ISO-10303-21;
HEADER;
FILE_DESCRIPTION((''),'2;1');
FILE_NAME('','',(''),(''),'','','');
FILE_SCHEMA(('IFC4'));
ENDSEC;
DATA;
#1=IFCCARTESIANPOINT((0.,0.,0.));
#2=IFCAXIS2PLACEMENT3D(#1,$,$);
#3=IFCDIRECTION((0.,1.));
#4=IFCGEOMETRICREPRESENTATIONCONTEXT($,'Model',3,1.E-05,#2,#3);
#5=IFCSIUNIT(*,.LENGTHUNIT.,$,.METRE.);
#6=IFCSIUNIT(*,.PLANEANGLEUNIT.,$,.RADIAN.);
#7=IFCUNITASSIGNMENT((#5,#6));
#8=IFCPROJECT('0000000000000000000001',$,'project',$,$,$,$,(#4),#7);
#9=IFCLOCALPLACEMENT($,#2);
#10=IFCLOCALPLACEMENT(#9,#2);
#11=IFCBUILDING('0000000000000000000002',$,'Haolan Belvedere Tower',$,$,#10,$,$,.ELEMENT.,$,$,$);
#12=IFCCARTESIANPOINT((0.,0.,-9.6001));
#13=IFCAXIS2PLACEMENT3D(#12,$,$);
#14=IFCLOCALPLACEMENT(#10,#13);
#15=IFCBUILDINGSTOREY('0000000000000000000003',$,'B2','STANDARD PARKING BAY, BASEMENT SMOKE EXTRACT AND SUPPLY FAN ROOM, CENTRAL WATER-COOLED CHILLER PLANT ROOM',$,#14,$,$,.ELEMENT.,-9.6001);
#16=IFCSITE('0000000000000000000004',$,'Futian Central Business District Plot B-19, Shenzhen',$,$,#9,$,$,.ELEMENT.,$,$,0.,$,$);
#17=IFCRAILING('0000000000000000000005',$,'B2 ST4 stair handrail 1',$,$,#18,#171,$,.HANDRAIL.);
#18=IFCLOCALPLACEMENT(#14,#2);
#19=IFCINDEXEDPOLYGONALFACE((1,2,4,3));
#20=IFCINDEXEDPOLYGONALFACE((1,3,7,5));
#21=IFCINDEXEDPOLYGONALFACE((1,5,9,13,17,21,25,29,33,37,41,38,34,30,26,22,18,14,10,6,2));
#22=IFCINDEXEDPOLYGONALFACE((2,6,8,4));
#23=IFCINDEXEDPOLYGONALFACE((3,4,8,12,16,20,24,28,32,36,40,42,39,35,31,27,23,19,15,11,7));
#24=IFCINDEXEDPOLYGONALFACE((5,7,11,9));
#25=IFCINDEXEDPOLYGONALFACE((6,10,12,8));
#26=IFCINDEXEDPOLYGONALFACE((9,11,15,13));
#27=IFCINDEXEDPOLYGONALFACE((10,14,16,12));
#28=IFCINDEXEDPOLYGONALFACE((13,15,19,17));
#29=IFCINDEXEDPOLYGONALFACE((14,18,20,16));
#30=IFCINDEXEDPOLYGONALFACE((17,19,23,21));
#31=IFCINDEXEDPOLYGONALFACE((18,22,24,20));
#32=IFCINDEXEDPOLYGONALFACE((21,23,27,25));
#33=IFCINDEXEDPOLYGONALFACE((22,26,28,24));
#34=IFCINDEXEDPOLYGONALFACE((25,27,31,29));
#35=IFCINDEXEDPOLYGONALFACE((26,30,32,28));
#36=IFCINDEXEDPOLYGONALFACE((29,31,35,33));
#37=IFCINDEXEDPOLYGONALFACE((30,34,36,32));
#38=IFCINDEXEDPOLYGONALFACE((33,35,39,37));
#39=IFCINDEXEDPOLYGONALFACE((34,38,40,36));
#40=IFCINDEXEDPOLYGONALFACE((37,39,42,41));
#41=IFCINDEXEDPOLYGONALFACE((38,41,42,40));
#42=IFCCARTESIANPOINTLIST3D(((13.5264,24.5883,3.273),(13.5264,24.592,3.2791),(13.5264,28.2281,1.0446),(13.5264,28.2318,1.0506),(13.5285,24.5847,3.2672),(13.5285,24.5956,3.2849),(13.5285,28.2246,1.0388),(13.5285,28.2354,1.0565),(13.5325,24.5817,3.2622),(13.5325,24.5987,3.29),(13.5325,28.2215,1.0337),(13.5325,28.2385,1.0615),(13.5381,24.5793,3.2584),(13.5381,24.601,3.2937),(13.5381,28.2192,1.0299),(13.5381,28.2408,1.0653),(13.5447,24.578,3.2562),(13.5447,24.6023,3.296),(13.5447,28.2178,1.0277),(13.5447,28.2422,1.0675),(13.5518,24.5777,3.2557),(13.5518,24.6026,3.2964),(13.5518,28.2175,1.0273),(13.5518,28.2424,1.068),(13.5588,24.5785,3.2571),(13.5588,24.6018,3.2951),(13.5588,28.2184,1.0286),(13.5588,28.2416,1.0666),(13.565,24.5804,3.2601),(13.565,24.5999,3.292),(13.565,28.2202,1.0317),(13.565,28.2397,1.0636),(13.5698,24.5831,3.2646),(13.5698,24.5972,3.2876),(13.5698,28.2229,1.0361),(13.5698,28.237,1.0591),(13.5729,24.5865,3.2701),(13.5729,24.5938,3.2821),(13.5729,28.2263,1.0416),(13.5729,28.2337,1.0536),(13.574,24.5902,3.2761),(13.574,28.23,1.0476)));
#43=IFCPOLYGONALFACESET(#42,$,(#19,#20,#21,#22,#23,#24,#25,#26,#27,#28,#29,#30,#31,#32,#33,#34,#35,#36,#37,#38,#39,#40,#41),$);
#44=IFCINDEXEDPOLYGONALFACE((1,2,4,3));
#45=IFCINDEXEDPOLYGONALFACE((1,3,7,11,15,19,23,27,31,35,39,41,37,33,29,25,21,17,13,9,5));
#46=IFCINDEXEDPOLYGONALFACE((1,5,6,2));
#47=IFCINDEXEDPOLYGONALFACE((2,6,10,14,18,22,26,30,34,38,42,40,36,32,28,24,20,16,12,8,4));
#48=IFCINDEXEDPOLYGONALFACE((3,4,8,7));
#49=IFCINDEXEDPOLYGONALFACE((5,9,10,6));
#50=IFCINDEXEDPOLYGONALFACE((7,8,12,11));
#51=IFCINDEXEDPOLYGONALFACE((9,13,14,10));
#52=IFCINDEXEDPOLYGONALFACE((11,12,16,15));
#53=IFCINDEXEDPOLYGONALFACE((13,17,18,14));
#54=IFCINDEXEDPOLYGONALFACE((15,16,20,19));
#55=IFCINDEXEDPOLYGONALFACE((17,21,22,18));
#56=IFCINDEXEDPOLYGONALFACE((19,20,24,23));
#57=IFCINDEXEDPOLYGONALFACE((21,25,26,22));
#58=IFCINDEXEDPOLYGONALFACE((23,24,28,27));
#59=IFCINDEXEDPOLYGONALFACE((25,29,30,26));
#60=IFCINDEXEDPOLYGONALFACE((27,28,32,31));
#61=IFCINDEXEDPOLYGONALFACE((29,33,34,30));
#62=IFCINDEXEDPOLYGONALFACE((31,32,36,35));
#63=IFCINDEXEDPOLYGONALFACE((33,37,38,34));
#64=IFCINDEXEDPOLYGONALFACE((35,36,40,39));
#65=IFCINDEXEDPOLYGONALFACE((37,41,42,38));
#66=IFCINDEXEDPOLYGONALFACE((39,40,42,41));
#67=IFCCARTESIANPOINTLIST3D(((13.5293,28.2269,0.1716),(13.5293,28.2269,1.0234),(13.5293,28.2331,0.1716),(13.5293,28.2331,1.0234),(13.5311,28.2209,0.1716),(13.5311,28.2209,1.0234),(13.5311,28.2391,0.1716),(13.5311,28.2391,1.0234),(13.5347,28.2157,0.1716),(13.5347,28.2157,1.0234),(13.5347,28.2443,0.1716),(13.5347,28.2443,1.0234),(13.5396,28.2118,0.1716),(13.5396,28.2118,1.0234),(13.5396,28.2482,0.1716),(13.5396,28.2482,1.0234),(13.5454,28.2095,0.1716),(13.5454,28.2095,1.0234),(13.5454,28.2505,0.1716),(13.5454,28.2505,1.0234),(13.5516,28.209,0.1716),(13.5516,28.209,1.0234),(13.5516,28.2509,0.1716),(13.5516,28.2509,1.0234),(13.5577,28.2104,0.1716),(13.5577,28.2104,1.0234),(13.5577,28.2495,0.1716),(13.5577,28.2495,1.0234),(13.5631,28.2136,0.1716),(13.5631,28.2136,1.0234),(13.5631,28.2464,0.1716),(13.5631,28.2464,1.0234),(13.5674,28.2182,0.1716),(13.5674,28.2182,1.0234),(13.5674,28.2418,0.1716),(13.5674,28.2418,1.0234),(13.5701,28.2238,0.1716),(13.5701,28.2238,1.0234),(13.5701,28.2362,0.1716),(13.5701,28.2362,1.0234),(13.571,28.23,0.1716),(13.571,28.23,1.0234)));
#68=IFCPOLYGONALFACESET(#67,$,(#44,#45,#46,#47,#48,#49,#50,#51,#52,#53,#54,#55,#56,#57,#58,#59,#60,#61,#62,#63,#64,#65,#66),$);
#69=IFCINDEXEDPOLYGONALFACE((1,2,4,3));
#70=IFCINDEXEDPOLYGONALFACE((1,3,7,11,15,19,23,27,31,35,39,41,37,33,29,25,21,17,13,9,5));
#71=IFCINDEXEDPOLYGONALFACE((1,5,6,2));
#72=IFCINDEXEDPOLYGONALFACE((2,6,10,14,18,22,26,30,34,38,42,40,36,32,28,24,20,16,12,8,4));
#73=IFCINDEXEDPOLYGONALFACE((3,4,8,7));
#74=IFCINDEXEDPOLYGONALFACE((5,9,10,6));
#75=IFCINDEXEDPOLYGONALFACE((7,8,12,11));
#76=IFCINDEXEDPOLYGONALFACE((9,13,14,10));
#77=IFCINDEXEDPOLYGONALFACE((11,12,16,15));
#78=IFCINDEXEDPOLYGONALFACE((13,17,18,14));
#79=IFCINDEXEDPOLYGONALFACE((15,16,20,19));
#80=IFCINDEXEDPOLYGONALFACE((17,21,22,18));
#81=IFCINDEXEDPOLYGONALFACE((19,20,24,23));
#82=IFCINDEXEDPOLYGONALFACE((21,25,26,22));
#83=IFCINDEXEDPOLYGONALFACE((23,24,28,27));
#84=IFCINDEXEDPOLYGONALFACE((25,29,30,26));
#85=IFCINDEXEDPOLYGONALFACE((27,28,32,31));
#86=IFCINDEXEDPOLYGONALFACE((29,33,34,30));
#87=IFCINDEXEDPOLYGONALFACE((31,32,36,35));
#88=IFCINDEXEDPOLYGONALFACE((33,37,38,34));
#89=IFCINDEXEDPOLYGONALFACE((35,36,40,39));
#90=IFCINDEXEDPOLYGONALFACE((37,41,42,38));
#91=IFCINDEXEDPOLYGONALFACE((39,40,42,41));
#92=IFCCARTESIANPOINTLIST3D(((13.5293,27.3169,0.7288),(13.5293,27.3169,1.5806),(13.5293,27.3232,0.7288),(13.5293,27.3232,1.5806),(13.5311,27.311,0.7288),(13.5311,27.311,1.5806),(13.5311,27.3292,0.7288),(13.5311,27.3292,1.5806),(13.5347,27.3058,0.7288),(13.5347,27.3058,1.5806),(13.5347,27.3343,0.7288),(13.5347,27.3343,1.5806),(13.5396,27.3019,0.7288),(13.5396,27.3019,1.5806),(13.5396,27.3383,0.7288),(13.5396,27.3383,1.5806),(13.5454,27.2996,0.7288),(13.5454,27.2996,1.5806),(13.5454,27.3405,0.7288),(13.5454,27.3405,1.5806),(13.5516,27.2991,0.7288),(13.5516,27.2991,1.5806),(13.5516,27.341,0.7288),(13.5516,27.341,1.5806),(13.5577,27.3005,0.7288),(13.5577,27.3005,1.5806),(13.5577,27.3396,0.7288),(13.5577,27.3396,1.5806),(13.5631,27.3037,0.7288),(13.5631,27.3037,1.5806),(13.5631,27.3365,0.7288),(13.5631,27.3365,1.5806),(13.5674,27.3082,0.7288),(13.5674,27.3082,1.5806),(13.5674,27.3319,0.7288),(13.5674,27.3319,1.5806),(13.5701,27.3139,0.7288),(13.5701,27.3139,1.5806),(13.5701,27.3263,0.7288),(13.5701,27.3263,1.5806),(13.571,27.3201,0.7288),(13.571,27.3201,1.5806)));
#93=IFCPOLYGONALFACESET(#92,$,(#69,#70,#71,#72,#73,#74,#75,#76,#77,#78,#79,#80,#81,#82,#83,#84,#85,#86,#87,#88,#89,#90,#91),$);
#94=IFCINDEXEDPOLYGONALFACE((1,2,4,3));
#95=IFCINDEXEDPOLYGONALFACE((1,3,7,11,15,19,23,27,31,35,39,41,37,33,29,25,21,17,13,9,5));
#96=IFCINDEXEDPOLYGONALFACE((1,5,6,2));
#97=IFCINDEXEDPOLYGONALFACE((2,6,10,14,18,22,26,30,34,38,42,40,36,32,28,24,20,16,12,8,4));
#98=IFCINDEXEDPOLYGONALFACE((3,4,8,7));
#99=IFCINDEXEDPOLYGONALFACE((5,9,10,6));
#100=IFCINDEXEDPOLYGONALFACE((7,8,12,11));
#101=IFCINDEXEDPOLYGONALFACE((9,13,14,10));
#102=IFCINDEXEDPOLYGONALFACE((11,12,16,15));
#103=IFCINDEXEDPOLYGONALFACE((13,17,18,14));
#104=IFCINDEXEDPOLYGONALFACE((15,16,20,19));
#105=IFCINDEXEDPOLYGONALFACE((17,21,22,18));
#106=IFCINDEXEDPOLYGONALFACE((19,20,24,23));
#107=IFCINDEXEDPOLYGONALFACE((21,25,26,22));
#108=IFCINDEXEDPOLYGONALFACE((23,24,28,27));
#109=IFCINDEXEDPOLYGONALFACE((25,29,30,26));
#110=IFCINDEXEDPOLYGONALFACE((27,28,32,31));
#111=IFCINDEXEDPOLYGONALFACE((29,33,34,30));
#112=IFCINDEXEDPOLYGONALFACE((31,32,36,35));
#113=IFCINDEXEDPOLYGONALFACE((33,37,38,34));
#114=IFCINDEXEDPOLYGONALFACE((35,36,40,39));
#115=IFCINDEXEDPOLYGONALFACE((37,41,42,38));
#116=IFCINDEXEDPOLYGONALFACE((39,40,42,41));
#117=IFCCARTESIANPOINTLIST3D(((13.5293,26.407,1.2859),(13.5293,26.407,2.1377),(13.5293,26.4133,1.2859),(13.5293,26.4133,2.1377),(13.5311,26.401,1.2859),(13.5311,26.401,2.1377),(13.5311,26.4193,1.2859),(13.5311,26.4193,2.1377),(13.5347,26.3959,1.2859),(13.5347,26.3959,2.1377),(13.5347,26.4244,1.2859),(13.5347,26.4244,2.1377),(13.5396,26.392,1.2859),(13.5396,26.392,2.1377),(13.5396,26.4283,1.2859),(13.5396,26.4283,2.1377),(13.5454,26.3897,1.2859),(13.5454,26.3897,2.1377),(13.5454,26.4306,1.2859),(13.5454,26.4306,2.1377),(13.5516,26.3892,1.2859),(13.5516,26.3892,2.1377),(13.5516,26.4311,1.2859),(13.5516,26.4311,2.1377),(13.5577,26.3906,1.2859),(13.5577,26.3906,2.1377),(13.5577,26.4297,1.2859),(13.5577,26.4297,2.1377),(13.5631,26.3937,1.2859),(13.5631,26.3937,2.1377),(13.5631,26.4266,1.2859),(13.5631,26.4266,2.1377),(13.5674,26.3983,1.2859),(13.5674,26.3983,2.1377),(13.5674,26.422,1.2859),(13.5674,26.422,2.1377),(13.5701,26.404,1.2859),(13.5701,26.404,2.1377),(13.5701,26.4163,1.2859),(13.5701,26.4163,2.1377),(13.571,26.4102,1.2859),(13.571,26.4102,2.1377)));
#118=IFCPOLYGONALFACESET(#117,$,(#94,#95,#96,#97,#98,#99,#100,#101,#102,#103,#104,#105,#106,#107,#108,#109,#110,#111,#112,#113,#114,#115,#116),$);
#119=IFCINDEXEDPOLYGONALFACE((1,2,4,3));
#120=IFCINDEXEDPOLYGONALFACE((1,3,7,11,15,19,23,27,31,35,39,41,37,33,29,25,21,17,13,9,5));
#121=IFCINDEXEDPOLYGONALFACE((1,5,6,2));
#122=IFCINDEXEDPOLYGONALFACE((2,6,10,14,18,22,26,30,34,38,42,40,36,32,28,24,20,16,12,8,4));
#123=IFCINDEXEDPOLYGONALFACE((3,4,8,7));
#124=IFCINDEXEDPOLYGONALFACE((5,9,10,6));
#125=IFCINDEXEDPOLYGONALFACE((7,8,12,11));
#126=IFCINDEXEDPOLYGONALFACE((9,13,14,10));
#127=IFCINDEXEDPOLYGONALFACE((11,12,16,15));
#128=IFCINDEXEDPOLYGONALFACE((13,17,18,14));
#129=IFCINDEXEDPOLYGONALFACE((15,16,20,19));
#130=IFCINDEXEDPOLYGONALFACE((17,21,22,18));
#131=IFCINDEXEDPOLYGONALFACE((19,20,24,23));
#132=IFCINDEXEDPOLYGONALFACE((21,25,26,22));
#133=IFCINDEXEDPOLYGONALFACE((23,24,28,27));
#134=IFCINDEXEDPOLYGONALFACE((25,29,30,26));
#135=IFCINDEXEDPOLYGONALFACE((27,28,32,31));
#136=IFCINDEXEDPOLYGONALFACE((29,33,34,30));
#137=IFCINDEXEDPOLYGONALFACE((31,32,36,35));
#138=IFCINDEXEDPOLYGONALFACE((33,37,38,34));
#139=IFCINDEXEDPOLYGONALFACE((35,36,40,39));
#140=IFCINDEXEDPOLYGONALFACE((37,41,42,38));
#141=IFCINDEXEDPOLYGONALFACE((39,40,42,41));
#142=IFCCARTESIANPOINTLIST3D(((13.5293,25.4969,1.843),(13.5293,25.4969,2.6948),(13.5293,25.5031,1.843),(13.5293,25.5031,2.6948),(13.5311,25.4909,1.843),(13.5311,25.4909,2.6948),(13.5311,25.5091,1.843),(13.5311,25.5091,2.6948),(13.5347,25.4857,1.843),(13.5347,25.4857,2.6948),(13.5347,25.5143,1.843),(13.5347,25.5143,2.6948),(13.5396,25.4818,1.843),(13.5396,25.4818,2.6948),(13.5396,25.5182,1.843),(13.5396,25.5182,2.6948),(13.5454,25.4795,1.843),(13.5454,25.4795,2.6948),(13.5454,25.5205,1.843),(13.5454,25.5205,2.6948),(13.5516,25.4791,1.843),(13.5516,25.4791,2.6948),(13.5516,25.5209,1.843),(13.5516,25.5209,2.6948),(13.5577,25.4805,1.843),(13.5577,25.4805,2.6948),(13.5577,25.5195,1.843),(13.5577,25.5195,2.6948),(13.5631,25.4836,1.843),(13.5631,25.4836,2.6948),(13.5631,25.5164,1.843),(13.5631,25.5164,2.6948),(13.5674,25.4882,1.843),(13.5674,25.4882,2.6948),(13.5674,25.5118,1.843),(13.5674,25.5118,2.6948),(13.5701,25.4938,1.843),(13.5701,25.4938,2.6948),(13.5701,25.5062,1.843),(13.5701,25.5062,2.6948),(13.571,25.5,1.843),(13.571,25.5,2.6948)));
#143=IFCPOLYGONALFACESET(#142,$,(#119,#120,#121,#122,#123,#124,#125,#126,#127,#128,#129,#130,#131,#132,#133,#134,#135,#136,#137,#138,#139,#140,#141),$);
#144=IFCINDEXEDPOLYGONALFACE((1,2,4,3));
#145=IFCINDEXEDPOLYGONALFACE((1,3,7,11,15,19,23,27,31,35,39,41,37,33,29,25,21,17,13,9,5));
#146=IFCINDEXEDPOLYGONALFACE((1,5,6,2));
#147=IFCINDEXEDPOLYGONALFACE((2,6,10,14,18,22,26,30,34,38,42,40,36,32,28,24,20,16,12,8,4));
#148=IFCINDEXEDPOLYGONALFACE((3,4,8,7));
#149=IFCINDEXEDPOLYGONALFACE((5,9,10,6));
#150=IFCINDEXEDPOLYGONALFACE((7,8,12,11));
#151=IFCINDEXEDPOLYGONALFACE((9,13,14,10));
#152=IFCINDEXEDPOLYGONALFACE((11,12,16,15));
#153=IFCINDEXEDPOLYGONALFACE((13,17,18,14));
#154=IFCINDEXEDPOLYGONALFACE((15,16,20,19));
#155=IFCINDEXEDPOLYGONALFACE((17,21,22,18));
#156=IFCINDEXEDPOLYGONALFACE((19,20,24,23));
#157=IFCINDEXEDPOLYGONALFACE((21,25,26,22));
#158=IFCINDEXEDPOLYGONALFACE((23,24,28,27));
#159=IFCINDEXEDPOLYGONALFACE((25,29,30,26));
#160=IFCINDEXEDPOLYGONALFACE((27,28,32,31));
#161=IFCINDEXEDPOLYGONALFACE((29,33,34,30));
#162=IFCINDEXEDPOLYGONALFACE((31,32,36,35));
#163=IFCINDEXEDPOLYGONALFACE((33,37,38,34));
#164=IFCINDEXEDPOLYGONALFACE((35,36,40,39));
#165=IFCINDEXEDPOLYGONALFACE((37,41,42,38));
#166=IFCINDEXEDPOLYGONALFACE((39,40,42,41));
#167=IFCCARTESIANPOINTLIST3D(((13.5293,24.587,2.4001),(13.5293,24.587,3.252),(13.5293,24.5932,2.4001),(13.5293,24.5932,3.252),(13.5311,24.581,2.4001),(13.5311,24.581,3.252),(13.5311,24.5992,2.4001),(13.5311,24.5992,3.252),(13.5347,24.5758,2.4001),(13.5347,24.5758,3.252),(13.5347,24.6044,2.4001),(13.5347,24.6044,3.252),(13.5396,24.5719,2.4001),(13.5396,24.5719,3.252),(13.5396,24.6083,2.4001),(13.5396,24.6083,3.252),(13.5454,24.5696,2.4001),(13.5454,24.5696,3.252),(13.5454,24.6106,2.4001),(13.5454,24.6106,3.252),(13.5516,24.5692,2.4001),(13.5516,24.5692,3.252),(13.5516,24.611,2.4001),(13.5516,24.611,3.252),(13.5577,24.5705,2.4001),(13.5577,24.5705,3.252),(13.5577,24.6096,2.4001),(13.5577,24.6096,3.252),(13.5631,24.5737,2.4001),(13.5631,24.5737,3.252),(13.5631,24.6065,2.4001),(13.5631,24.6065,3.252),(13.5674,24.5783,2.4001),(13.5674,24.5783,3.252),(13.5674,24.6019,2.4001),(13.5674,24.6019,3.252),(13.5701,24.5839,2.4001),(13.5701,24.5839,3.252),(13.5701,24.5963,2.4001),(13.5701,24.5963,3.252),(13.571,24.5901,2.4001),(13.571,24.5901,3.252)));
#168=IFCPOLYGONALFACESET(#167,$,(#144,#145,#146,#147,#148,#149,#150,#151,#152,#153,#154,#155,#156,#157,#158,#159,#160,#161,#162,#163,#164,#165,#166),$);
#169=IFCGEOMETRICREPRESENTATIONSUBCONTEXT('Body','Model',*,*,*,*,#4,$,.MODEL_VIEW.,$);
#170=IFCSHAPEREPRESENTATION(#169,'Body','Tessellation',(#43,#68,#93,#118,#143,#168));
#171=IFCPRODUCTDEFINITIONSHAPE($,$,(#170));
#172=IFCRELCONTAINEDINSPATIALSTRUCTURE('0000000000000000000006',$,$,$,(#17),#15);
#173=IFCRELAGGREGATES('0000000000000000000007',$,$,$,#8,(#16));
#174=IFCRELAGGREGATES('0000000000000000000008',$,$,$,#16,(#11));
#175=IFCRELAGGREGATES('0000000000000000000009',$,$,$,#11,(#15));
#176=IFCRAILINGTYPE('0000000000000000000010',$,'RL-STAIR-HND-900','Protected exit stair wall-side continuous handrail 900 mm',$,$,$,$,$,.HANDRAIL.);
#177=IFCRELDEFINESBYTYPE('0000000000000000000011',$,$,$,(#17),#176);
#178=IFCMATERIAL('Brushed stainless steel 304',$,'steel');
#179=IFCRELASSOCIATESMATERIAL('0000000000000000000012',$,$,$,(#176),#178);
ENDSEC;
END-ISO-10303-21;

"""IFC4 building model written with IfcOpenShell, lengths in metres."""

from ifc_helpers import new_model, si_unit, direction, frame, origin, origin_2d, place, context, subcontext, project, spatial, circle, extrude, material, type_object, element, save


model = new_model("IFC4")

# Units and contexts
model_context = context("Model", 3, precision=1e-05, world=origin(), true_north=direction((0.0, 1.0)))
body_context = subcontext(model_context, "Body", "Model", "MODEL_VIEW")
ifc_project = project(units=[si_unit("LENGTHUNIT", "METRE"), si_unit("PLANEANGLEUNIT", "RADIAN")], contexts=[model_context])

# Site, building, storey
site_placement = place(None, origin())
site = spatial("IfcSite", under=ifc_project, at=site_placement, Name="Futian Central Business District Plot B-19, Shenzhen", CompositionType="ELEMENT", RefElevation=0.0)
building_placement = place(site_placement, origin())
building = spatial("IfcBuilding", under=site, at=building_placement, Name="Haolan Belvedere Tower", CompositionType="ELEMENT")
storey_placement = place(building_placement, frame((0.0, 0.0, -9.6001)))
storey = spatial("IfcBuildingStorey", under=building, at=storey_placement, Name="B2", Description="STANDARD PARKING BAY, BASEMENT SMOKE EXTRACT AND SUPPLY FAN ROOM, CENTRAL WATER-COOLED CHILLER PLANT ROOM", CompositionType="ELEMENT", Elevation=-9.6001)

# Railing
ifc_material_1 = material(Name="Brushed stainless steel 304", Category="steel")
railing_type_1 = type_object("IfcRailingType", Name="RL-STAIR-HND-900", Description="Protected exit stair wall-side continuous handrail 900 mm", PredefinedType="HANDRAIL", material=ifc_material_1)
railing_1_placement = place(storey_placement, frame((13.55, 28.23, 0.1716)))
element("IfcRailing", 1, at=railing_1_placement, inside=storey, type_object=railing_type_1, Name="B2 ST4 stair handrail 1", PredefinedType="HANDRAIL", context=body_context, shape_type="SweptSolid", body=[
    extrude(circle(Radius=0.0239, at=origin_2d()), frame((0.0, 0.0, 0.876), z_axis=(0.0, -0.85285, 0.522156), x_axis=(1.0, 0.0, 0.0)), (0.0, 0.0, 1.0), 4.2678),
    extrude(circle(Radius=0.021, at=origin_2d()), origin(), (0.0, 0.0, 1.0), 0.8518),
    extrude(circle(Radius=0.021, at=origin_2d()), frame((0.0, -0.9099, 0.5571)), (0.0, 0.0, 1.0), 0.8518),
    extrude(circle(Radius=0.021, at=origin_2d()), frame((0.0, -1.8198, 1.1143)), (0.0, 0.0, 1.0), 0.8518),
    extrude(circle(Radius=0.021, at=origin_2d()), frame((0.0, -2.73, 1.6714)), (0.0, 0.0, 1.0), 0.8518),
    extrude(circle(Radius=0.021, at=origin_2d()), frame((0.0, -3.6399, 2.2285)), (0.0, 0.0, 1.0), 0.8518),
])

save(model, "model.ifc")
